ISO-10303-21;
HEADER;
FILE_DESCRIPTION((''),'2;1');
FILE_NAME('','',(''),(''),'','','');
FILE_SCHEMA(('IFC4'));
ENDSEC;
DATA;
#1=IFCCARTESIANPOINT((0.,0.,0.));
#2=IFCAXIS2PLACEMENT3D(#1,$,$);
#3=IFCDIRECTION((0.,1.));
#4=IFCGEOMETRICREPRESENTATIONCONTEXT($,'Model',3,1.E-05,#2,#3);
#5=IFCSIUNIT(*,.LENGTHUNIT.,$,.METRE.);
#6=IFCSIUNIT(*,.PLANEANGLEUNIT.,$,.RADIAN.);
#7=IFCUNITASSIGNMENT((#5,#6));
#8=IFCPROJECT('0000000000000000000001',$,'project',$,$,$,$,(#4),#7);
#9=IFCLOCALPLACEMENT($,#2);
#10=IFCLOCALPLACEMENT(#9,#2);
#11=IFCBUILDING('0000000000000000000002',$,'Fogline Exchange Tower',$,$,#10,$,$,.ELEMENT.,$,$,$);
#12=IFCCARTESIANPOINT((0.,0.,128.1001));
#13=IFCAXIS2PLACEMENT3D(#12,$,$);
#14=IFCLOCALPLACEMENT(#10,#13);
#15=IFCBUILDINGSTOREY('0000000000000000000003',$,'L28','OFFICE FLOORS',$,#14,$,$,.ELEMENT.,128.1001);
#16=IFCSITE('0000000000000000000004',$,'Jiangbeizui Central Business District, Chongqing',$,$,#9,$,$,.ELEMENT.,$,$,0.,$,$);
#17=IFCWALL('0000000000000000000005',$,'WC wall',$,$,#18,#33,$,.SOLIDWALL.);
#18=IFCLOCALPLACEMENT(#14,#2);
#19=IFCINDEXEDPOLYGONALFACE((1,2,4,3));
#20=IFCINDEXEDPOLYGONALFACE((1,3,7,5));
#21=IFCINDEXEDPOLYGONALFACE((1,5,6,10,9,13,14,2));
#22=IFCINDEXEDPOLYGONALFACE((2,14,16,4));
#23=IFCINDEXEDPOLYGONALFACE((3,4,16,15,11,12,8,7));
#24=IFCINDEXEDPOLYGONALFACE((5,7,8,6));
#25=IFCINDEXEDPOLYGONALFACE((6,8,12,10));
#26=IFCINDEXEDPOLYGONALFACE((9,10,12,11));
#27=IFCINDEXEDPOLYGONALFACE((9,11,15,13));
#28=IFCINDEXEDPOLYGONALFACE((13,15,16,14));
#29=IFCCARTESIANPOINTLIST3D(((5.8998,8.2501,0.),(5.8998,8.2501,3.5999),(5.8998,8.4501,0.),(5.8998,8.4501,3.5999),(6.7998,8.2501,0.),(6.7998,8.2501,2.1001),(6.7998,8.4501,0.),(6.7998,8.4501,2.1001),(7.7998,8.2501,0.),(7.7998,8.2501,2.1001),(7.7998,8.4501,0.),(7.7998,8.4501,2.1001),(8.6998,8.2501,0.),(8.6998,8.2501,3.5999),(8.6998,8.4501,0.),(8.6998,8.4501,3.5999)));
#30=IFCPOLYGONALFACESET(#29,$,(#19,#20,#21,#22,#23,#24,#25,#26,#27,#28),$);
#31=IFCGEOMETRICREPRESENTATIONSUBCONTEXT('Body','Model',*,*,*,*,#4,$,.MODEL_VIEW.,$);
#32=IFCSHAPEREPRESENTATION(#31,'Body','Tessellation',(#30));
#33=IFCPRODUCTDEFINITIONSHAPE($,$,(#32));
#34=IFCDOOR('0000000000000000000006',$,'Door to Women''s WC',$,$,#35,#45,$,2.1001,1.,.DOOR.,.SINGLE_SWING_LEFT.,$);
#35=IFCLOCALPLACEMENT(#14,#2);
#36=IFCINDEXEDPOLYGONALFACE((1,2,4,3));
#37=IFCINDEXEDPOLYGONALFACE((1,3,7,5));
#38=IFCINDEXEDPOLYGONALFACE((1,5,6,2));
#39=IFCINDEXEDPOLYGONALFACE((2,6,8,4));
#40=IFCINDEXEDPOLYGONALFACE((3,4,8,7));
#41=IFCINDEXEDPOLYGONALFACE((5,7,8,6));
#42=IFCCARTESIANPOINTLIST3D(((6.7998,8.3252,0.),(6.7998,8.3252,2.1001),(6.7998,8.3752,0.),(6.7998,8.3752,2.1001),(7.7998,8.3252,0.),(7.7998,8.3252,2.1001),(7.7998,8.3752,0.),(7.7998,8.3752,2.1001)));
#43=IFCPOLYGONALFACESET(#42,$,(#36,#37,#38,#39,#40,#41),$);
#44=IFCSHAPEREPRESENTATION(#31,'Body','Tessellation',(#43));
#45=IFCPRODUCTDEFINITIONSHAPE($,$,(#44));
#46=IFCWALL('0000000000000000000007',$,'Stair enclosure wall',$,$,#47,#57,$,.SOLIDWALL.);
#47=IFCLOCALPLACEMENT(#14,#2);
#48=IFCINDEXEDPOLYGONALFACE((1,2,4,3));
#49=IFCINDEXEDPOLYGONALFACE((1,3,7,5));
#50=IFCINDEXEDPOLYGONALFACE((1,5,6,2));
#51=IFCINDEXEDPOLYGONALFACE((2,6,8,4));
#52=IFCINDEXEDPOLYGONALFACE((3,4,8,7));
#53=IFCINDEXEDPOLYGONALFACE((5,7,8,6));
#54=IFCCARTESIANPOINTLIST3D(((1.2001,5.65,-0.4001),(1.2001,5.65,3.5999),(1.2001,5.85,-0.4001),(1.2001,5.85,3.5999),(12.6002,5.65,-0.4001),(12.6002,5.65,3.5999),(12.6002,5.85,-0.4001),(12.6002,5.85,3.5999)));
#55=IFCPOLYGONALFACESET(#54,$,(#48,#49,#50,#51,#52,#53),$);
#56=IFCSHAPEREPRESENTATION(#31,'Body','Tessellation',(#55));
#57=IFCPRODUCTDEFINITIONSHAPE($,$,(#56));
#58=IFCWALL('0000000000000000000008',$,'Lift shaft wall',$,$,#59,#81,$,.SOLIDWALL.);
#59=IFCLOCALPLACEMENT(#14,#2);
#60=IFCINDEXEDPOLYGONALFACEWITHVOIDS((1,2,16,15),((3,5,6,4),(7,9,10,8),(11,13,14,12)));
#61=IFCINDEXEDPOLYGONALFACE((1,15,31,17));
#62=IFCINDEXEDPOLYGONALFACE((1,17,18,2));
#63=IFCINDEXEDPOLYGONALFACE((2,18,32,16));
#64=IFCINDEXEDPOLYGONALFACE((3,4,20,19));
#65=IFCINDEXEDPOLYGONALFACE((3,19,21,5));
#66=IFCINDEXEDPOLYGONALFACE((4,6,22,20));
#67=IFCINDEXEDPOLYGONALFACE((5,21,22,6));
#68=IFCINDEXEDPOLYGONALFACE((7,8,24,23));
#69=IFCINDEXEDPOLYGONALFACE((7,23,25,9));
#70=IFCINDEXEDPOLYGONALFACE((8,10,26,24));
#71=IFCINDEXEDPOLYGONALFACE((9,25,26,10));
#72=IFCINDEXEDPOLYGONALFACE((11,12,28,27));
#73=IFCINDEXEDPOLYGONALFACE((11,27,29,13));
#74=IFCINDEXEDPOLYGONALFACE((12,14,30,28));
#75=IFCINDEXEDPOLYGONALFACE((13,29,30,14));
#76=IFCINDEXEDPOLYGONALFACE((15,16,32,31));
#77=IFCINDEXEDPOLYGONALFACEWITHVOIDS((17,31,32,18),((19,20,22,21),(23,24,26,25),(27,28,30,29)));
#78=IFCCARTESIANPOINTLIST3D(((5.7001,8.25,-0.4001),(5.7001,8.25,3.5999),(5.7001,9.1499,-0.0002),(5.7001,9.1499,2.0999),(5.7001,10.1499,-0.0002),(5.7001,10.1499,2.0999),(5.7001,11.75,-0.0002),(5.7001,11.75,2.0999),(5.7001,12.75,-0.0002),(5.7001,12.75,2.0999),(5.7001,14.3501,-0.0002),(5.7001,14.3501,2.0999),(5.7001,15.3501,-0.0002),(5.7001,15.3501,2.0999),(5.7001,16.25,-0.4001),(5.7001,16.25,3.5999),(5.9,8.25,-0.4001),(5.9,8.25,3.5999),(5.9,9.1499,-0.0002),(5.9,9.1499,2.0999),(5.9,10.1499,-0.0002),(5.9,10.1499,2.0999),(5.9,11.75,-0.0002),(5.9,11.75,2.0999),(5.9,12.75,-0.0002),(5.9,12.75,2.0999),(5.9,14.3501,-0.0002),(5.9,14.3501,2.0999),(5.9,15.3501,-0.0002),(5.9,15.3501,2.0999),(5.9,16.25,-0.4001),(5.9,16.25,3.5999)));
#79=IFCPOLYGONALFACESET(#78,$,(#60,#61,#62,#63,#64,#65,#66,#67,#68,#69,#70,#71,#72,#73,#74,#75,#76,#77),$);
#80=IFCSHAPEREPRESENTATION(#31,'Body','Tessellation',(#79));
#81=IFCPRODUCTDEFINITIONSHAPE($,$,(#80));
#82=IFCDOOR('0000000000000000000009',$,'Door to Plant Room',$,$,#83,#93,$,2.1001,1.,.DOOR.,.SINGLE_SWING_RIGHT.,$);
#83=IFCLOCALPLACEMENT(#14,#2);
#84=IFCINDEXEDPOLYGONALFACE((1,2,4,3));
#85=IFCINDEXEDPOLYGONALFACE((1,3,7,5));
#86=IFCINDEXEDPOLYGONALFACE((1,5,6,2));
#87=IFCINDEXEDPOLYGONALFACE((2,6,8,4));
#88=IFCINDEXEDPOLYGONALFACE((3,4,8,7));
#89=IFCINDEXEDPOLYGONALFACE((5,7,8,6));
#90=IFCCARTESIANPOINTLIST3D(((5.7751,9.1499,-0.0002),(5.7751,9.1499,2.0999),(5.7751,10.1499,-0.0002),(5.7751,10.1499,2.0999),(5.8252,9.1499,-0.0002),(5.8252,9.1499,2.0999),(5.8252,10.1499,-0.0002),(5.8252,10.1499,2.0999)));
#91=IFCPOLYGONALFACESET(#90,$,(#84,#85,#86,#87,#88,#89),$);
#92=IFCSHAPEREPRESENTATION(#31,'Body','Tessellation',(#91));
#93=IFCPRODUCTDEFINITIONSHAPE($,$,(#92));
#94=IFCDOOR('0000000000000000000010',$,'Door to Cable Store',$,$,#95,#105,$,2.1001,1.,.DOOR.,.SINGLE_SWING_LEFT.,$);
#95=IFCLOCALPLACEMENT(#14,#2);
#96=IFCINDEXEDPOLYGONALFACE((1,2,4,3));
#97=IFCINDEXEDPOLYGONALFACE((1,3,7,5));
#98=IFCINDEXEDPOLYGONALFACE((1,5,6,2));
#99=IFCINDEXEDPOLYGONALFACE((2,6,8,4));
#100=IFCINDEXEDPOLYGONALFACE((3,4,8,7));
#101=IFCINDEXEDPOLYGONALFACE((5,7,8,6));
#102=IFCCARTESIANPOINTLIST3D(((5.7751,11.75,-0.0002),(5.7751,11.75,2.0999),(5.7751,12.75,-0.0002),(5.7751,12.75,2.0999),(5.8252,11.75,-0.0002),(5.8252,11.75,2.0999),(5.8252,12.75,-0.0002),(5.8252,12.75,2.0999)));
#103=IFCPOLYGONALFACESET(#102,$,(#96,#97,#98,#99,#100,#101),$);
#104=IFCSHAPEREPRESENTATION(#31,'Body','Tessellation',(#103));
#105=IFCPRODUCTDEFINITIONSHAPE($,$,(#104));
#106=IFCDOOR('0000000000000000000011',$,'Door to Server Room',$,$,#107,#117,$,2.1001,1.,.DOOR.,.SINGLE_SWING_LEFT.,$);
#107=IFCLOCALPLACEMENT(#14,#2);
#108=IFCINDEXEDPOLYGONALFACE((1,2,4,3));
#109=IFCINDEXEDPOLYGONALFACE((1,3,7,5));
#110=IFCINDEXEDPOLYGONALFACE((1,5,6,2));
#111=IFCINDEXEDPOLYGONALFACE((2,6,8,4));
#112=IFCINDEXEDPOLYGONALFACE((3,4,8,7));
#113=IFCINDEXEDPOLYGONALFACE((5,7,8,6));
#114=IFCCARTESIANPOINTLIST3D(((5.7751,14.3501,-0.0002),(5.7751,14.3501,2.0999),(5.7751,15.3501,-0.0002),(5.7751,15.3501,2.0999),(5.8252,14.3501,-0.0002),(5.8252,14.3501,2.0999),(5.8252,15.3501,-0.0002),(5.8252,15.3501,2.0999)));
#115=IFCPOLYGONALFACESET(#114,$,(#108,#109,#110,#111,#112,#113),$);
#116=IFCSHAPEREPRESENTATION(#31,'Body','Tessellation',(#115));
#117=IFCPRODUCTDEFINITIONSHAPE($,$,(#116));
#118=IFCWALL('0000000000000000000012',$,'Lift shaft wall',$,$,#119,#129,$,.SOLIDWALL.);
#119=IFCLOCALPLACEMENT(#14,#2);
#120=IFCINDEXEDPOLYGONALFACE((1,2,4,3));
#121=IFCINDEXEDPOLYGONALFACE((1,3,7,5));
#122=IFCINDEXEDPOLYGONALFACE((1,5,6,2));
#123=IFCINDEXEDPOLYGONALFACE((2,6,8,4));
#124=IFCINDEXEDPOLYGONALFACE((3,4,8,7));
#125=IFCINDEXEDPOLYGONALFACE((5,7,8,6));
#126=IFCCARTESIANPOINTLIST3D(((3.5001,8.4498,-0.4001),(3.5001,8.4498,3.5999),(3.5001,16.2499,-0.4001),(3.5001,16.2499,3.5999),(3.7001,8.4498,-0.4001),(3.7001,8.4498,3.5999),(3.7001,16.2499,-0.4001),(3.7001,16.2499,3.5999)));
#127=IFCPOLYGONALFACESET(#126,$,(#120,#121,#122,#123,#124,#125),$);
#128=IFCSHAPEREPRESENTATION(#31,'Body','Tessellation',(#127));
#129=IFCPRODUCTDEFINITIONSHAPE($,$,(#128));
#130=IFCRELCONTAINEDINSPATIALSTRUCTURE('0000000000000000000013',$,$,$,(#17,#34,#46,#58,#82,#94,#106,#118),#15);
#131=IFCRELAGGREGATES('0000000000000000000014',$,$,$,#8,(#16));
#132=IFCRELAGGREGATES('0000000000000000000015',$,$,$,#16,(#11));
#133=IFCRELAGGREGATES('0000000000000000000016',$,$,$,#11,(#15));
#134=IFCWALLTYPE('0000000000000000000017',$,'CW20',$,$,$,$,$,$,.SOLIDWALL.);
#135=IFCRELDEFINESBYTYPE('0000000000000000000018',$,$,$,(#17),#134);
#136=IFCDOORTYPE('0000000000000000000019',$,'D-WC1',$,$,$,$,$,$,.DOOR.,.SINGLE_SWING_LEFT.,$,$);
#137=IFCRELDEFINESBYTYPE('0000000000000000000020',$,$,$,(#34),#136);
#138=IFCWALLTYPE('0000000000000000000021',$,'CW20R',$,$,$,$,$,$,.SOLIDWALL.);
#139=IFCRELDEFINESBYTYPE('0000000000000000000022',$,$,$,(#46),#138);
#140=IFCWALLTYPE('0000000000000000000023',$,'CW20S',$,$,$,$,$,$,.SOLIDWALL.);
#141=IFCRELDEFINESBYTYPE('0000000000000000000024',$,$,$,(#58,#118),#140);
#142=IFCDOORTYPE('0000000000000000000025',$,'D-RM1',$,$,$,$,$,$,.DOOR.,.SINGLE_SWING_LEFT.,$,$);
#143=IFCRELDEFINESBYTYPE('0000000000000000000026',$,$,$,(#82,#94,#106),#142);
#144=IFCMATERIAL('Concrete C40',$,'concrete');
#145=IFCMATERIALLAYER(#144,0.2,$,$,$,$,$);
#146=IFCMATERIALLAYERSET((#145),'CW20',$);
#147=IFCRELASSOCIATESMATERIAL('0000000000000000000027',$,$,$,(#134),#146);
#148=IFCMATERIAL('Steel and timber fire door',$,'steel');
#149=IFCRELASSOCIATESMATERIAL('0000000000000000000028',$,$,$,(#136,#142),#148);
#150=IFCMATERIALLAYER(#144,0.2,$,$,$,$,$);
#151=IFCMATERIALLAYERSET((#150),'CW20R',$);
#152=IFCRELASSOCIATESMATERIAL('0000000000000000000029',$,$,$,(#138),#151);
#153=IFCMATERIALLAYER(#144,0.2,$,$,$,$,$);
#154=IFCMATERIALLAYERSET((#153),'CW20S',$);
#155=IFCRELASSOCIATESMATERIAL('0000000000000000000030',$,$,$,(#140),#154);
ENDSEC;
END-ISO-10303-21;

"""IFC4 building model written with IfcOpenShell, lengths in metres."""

from ifc_helpers import new_model, si_unit, direction, frame, frame_2d, origin, place, context, subcontext, project, spatial, rectangle, extrude, material, layer, layer_set, type_object, element, fill, save


model = new_model("IFC4")

# Units and contexts
model_context = context("Model", 3, precision=1e-05, world=origin(), true_north=direction((0.0, 1.0)))
body_context = subcontext(model_context, "Body", "Model", "MODEL_VIEW")
ifc_project = project(units=[si_unit("LENGTHUNIT", "METRE"), si_unit("PLANEANGLEUNIT", "RADIAN")], contexts=[model_context])

# Site, building, storey
site_placement = place(None, origin())
site = spatial("IfcSite", under=ifc_project, at=site_placement, Name="Jiangbeizui Central Business District, Chongqing", CompositionType="ELEMENT", RefElevation=0.0)
building_placement = place(site_placement, origin())
building = spatial("IfcBuilding", under=site, at=building_placement, Name="Fogline Exchange Tower", CompositionType="ELEMENT")
storey_placement = place(building_placement, frame((0.0, 0.0, 128.1001)))
storey = spatial("IfcBuildingStorey", under=building, at=storey_placement, Name="L28", Description="OFFICE FLOORS", CompositionType="ELEMENT", Elevation=128.1001)

# Shared definitions
ifc_material_1 = material(Name="Concrete C40", Category="concrete")

# Wall, opening, door
ifc_layer_1 = layer(ifc_material_1, 0.2)
ifc_layer_set_1 = layer_set([ifc_layer_1], Name="CW20")
wall_type_1 = type_object("IfcWallType", Name="CW20", PredefinedType="SOLIDWALL", material=ifc_layer_set_1)
wall_1_placement = place(storey_placement, frame((5.8999, 8.3501, 0.0), z_axis=(0.0, 0.0, 1.0), x_axis=(1.0, 0.0, 0.0)))
wall_1 = element("IfcWall", 1, at=wall_1_placement, inside=storey, type_object=wall_type_1, Name="WC wall", PredefinedType="SOLIDWALL", context=body_context, shape_type="SweptSolid", body=[
    extrude(rectangle(XDim=2.8, YDim=0.2, at=frame_2d((1.3999, 0.0))), origin(), (0.0, 0.0, 1.0), 3.5999),
])
opening_1_placement = place(wall_1_placement, frame((0.8999, 0.0, 0.0)))
opening_1 = element("IfcOpeningElement", 2, at=opening_1_placement, cuts=wall_1, PredefinedType="OPENING", context=body_context, shape_type="SweptSolid", body=[
    extrude(rectangle(XDim=1.0, YDim=2.1001, at=frame_2d((0.5, 1.05))), frame((0.0, 0.1099, 0.0), z_axis=(0.0, -1.0, 0.0), x_axis=(1.0, 0.0, 0.0)), (0.0, 0.0, 1.0), 0.22),
])
ifc_material_2 = material(Name="Steel and timber fire door", Category="steel")
door_type_1 = type_object("IfcDoorType", Name="D-WC1", OperationType="SINGLE_SWING_LEFT", PredefinedType="DOOR", material=ifc_material_2)
door_1_placement = place(opening_1_placement, frame((1.0, 0.0, 0.0), z_axis=(0.0, 0.0, 1.0), x_axis=(-1.0, 0.0, 0.0)))
door_1 = element("IfcDoor", 3, at=door_1_placement, inside=storey, type_object=door_type_1, Name="Door to Women's WC", OperationType="SINGLE_SWING_LEFT", OverallHeight=2.1001, OverallWidth=1.0, PredefinedType="DOOR", context=body_context, shape_type="SweptSolid", body=[
    extrude(rectangle(XDim=1.0, YDim=2.1001, at=frame_2d((0.5, 1.05))), frame((0.0, 0.0249, 0.0), z_axis=(0.0, -1.0, 0.0), x_axis=(1.0, 0.0, 0.0)), (0.0, 0.0, 1.0), 0.05),
])
fill(opening_1, door_1)

# Wall
ifc_layer_2 = layer(ifc_material_1, 0.2)
ifc_layer_set_2 = layer_set([ifc_layer_2], Name="CW20R")
wall_type_2 = type_object("IfcWallType", Name="CW20R", PredefinedType="SOLIDWALL", material=ifc_layer_set_2)
wall_2_placement = place(storey_placement, frame((1.2, 5.75, -0.4001), z_axis=(0.0, 0.0, 1.0), x_axis=(1.0, 0.0, 0.0)))
element("IfcWall", 4, at=wall_2_placement, inside=storey, type_object=wall_type_2, Name="Stair enclosure wall", PredefinedType="SOLIDWALL", context=body_context, shape_type="SweptSolid", body=[
    extrude(rectangle(XDim=11.4001, YDim=0.2, at=frame_2d((5.7002, 0.0))), origin(), (0.0, 0.0, 1.0), 4.0),
])

# Wall, openings, doors
ifc_layer_3 = layer(ifc_material_1, 0.2)
ifc_layer_set_3 = layer_set([ifc_layer_3], Name="CW20S")
wall_type_3 = type_object("IfcWallType", Name="CW20S", PredefinedType="SOLIDWALL", material=ifc_layer_set_3)
wall_3_placement = place(storey_placement, frame((5.8, 8.25, -0.4001), z_axis=(0.0, 0.0, 1.0), x_axis=(0.0, 1.0, 0.0)))
wall_3 = element("IfcWall", 5, at=wall_3_placement, inside=storey, type_object=wall_type_3, Name="Lift shaft wall", PredefinedType="SOLIDWALL", context=body_context, shape_type="SweptSolid", body=[
    extrude(rectangle(XDim=8.0, YDim=0.2, at=frame_2d((4.0, 0.0))), origin(), (0.0, 0.0, 1.0), 4.0),
])
opening_2_placement = place(wall_3_placement, frame((0.8999, 0.0, 0.3999)))
opening_2 = element("IfcOpeningElement", 6, at=opening_2_placement, cuts=wall_3, PredefinedType="OPENING", context=body_context, shape_type="SweptSolid", body=[
    extrude(rectangle(XDim=1.0, YDim=2.1001, at=frame_2d((0.5, 1.05))), frame((0.0, 0.1099, 0.0), z_axis=(0.0, -1.0, 0.0), x_axis=(1.0, 0.0, 0.0)), (0.0, 0.0, 1.0), 0.22),
])
opening_3_placement = place(wall_3_placement, frame((3.5, 0.0, 0.3999)))
opening_3 = element("IfcOpeningElement", 7, at=opening_3_placement, cuts=wall_3, PredefinedType="OPENING", context=body_context, shape_type="SweptSolid", body=[
    extrude(rectangle(XDim=1.0, YDim=2.1001, at=frame_2d((0.5, 1.05))), frame((0.0, 0.1099, 0.0), z_axis=(0.0, -1.0, 0.0), x_axis=(1.0, 0.0, 0.0)), (0.0, 0.0, 1.0), 0.22),
])
opening_4_placement = place(wall_3_placement, frame((6.1001, 0.0, 0.3999)))
opening_4 = element("IfcOpeningElement", 8, at=opening_4_placement, cuts=wall_3, PredefinedType="OPENING", context=body_context, shape_type="SweptSolid", body=[
    extrude(rectangle(XDim=1.0, YDim=2.1001, at=frame_2d((0.5, 1.05))), frame((0.0, 0.1099, 0.0), z_axis=(0.0, -1.0, 0.0), x_axis=(1.0, 0.0, 0.0)), (0.0, 0.0, 1.0), 0.22),
])
door_type_2 = type_object("IfcDoorType", Name="D-RM1", OperationType="SINGLE_SWING_LEFT", PredefinedType="DOOR", material=ifc_material_2)
door_2_placement = place(opening_2_placement, origin())
door_2 = element("IfcDoor", 9, at=door_2_placement, inside=storey, type_object=door_type_2, Name="Door to Plant Room", OperationType="SINGLE_SWING_RIGHT", OverallHeight=2.1001, OverallWidth=1.0, PredefinedType="DOOR", context=body_context, shape_type="SweptSolid", body=[
    extrude(rectangle(XDim=1.0, YDim=2.1001, at=frame_2d((0.5, 1.05))), frame((0.0, 0.0249, 0.0), z_axis=(0.0, -1.0, 0.0), x_axis=(1.0, 0.0, 0.0)), (0.0, 0.0, 1.0), 0.05),
])
fill(opening_2, door_2)
door_3_placement = place(opening_3_placement, origin())
door_3 = element("IfcDoor", 10, at=door_3_placement, inside=storey, type_object=door_type_2, Name="Door to Cable Store", OperationType="SINGLE_SWING_LEFT", OverallHeight=2.1001, OverallWidth=1.0, PredefinedType="DOOR", context=body_context, shape_type="SweptSolid", body=[
    extrude(rectangle(XDim=1.0, YDim=2.1001, at=frame_2d((0.5, 1.05))), frame((0.0, 0.0249, 0.0), z_axis=(0.0, -1.0, 0.0), x_axis=(1.0, 0.0, 0.0)), (0.0, 0.0, 1.0), 0.05),
])
fill(opening_3, door_3)
door_4_placement = place(opening_4_placement, origin())
door_4 = element("IfcDoor", 11, at=door_4_placement, inside=storey, type_object=door_type_2, Name="Door to Server Room", OperationType="SINGLE_SWING_LEFT", OverallHeight=2.1001, OverallWidth=1.0, PredefinedType="DOOR", context=body_context, shape_type="SweptSolid", body=[
    extrude(rectangle(XDim=1.0, YDim=2.1001, at=frame_2d((0.5, 1.05))), frame((0.0, 0.0249, 0.0), z_axis=(0.0, -1.0, 0.0), x_axis=(1.0, 0.0, 0.0)), (0.0, 0.0, 1.0), 0.05),
])
fill(opening_4, door_4)

# Wall
wall_4_placement = place(storey_placement, frame((3.6001, 8.45, -0.4001), z_axis=(0.0, 0.0, 1.0), x_axis=(0.0, 1.0, 0.0)))
element("IfcWall", 12, at=wall_4_placement, inside=storey, type_object=wall_type_3, Name="Lift shaft wall", PredefinedType="SOLIDWALL", context=body_context, shape_type="SweptSolid", body=[
    extrude(rectangle(XDim=7.8, YDim=0.2, at=frame_2d((3.8999, 0.0))), origin(), (0.0, 0.0, 1.0), 4.0),
])

save(model, "model.ifc")
